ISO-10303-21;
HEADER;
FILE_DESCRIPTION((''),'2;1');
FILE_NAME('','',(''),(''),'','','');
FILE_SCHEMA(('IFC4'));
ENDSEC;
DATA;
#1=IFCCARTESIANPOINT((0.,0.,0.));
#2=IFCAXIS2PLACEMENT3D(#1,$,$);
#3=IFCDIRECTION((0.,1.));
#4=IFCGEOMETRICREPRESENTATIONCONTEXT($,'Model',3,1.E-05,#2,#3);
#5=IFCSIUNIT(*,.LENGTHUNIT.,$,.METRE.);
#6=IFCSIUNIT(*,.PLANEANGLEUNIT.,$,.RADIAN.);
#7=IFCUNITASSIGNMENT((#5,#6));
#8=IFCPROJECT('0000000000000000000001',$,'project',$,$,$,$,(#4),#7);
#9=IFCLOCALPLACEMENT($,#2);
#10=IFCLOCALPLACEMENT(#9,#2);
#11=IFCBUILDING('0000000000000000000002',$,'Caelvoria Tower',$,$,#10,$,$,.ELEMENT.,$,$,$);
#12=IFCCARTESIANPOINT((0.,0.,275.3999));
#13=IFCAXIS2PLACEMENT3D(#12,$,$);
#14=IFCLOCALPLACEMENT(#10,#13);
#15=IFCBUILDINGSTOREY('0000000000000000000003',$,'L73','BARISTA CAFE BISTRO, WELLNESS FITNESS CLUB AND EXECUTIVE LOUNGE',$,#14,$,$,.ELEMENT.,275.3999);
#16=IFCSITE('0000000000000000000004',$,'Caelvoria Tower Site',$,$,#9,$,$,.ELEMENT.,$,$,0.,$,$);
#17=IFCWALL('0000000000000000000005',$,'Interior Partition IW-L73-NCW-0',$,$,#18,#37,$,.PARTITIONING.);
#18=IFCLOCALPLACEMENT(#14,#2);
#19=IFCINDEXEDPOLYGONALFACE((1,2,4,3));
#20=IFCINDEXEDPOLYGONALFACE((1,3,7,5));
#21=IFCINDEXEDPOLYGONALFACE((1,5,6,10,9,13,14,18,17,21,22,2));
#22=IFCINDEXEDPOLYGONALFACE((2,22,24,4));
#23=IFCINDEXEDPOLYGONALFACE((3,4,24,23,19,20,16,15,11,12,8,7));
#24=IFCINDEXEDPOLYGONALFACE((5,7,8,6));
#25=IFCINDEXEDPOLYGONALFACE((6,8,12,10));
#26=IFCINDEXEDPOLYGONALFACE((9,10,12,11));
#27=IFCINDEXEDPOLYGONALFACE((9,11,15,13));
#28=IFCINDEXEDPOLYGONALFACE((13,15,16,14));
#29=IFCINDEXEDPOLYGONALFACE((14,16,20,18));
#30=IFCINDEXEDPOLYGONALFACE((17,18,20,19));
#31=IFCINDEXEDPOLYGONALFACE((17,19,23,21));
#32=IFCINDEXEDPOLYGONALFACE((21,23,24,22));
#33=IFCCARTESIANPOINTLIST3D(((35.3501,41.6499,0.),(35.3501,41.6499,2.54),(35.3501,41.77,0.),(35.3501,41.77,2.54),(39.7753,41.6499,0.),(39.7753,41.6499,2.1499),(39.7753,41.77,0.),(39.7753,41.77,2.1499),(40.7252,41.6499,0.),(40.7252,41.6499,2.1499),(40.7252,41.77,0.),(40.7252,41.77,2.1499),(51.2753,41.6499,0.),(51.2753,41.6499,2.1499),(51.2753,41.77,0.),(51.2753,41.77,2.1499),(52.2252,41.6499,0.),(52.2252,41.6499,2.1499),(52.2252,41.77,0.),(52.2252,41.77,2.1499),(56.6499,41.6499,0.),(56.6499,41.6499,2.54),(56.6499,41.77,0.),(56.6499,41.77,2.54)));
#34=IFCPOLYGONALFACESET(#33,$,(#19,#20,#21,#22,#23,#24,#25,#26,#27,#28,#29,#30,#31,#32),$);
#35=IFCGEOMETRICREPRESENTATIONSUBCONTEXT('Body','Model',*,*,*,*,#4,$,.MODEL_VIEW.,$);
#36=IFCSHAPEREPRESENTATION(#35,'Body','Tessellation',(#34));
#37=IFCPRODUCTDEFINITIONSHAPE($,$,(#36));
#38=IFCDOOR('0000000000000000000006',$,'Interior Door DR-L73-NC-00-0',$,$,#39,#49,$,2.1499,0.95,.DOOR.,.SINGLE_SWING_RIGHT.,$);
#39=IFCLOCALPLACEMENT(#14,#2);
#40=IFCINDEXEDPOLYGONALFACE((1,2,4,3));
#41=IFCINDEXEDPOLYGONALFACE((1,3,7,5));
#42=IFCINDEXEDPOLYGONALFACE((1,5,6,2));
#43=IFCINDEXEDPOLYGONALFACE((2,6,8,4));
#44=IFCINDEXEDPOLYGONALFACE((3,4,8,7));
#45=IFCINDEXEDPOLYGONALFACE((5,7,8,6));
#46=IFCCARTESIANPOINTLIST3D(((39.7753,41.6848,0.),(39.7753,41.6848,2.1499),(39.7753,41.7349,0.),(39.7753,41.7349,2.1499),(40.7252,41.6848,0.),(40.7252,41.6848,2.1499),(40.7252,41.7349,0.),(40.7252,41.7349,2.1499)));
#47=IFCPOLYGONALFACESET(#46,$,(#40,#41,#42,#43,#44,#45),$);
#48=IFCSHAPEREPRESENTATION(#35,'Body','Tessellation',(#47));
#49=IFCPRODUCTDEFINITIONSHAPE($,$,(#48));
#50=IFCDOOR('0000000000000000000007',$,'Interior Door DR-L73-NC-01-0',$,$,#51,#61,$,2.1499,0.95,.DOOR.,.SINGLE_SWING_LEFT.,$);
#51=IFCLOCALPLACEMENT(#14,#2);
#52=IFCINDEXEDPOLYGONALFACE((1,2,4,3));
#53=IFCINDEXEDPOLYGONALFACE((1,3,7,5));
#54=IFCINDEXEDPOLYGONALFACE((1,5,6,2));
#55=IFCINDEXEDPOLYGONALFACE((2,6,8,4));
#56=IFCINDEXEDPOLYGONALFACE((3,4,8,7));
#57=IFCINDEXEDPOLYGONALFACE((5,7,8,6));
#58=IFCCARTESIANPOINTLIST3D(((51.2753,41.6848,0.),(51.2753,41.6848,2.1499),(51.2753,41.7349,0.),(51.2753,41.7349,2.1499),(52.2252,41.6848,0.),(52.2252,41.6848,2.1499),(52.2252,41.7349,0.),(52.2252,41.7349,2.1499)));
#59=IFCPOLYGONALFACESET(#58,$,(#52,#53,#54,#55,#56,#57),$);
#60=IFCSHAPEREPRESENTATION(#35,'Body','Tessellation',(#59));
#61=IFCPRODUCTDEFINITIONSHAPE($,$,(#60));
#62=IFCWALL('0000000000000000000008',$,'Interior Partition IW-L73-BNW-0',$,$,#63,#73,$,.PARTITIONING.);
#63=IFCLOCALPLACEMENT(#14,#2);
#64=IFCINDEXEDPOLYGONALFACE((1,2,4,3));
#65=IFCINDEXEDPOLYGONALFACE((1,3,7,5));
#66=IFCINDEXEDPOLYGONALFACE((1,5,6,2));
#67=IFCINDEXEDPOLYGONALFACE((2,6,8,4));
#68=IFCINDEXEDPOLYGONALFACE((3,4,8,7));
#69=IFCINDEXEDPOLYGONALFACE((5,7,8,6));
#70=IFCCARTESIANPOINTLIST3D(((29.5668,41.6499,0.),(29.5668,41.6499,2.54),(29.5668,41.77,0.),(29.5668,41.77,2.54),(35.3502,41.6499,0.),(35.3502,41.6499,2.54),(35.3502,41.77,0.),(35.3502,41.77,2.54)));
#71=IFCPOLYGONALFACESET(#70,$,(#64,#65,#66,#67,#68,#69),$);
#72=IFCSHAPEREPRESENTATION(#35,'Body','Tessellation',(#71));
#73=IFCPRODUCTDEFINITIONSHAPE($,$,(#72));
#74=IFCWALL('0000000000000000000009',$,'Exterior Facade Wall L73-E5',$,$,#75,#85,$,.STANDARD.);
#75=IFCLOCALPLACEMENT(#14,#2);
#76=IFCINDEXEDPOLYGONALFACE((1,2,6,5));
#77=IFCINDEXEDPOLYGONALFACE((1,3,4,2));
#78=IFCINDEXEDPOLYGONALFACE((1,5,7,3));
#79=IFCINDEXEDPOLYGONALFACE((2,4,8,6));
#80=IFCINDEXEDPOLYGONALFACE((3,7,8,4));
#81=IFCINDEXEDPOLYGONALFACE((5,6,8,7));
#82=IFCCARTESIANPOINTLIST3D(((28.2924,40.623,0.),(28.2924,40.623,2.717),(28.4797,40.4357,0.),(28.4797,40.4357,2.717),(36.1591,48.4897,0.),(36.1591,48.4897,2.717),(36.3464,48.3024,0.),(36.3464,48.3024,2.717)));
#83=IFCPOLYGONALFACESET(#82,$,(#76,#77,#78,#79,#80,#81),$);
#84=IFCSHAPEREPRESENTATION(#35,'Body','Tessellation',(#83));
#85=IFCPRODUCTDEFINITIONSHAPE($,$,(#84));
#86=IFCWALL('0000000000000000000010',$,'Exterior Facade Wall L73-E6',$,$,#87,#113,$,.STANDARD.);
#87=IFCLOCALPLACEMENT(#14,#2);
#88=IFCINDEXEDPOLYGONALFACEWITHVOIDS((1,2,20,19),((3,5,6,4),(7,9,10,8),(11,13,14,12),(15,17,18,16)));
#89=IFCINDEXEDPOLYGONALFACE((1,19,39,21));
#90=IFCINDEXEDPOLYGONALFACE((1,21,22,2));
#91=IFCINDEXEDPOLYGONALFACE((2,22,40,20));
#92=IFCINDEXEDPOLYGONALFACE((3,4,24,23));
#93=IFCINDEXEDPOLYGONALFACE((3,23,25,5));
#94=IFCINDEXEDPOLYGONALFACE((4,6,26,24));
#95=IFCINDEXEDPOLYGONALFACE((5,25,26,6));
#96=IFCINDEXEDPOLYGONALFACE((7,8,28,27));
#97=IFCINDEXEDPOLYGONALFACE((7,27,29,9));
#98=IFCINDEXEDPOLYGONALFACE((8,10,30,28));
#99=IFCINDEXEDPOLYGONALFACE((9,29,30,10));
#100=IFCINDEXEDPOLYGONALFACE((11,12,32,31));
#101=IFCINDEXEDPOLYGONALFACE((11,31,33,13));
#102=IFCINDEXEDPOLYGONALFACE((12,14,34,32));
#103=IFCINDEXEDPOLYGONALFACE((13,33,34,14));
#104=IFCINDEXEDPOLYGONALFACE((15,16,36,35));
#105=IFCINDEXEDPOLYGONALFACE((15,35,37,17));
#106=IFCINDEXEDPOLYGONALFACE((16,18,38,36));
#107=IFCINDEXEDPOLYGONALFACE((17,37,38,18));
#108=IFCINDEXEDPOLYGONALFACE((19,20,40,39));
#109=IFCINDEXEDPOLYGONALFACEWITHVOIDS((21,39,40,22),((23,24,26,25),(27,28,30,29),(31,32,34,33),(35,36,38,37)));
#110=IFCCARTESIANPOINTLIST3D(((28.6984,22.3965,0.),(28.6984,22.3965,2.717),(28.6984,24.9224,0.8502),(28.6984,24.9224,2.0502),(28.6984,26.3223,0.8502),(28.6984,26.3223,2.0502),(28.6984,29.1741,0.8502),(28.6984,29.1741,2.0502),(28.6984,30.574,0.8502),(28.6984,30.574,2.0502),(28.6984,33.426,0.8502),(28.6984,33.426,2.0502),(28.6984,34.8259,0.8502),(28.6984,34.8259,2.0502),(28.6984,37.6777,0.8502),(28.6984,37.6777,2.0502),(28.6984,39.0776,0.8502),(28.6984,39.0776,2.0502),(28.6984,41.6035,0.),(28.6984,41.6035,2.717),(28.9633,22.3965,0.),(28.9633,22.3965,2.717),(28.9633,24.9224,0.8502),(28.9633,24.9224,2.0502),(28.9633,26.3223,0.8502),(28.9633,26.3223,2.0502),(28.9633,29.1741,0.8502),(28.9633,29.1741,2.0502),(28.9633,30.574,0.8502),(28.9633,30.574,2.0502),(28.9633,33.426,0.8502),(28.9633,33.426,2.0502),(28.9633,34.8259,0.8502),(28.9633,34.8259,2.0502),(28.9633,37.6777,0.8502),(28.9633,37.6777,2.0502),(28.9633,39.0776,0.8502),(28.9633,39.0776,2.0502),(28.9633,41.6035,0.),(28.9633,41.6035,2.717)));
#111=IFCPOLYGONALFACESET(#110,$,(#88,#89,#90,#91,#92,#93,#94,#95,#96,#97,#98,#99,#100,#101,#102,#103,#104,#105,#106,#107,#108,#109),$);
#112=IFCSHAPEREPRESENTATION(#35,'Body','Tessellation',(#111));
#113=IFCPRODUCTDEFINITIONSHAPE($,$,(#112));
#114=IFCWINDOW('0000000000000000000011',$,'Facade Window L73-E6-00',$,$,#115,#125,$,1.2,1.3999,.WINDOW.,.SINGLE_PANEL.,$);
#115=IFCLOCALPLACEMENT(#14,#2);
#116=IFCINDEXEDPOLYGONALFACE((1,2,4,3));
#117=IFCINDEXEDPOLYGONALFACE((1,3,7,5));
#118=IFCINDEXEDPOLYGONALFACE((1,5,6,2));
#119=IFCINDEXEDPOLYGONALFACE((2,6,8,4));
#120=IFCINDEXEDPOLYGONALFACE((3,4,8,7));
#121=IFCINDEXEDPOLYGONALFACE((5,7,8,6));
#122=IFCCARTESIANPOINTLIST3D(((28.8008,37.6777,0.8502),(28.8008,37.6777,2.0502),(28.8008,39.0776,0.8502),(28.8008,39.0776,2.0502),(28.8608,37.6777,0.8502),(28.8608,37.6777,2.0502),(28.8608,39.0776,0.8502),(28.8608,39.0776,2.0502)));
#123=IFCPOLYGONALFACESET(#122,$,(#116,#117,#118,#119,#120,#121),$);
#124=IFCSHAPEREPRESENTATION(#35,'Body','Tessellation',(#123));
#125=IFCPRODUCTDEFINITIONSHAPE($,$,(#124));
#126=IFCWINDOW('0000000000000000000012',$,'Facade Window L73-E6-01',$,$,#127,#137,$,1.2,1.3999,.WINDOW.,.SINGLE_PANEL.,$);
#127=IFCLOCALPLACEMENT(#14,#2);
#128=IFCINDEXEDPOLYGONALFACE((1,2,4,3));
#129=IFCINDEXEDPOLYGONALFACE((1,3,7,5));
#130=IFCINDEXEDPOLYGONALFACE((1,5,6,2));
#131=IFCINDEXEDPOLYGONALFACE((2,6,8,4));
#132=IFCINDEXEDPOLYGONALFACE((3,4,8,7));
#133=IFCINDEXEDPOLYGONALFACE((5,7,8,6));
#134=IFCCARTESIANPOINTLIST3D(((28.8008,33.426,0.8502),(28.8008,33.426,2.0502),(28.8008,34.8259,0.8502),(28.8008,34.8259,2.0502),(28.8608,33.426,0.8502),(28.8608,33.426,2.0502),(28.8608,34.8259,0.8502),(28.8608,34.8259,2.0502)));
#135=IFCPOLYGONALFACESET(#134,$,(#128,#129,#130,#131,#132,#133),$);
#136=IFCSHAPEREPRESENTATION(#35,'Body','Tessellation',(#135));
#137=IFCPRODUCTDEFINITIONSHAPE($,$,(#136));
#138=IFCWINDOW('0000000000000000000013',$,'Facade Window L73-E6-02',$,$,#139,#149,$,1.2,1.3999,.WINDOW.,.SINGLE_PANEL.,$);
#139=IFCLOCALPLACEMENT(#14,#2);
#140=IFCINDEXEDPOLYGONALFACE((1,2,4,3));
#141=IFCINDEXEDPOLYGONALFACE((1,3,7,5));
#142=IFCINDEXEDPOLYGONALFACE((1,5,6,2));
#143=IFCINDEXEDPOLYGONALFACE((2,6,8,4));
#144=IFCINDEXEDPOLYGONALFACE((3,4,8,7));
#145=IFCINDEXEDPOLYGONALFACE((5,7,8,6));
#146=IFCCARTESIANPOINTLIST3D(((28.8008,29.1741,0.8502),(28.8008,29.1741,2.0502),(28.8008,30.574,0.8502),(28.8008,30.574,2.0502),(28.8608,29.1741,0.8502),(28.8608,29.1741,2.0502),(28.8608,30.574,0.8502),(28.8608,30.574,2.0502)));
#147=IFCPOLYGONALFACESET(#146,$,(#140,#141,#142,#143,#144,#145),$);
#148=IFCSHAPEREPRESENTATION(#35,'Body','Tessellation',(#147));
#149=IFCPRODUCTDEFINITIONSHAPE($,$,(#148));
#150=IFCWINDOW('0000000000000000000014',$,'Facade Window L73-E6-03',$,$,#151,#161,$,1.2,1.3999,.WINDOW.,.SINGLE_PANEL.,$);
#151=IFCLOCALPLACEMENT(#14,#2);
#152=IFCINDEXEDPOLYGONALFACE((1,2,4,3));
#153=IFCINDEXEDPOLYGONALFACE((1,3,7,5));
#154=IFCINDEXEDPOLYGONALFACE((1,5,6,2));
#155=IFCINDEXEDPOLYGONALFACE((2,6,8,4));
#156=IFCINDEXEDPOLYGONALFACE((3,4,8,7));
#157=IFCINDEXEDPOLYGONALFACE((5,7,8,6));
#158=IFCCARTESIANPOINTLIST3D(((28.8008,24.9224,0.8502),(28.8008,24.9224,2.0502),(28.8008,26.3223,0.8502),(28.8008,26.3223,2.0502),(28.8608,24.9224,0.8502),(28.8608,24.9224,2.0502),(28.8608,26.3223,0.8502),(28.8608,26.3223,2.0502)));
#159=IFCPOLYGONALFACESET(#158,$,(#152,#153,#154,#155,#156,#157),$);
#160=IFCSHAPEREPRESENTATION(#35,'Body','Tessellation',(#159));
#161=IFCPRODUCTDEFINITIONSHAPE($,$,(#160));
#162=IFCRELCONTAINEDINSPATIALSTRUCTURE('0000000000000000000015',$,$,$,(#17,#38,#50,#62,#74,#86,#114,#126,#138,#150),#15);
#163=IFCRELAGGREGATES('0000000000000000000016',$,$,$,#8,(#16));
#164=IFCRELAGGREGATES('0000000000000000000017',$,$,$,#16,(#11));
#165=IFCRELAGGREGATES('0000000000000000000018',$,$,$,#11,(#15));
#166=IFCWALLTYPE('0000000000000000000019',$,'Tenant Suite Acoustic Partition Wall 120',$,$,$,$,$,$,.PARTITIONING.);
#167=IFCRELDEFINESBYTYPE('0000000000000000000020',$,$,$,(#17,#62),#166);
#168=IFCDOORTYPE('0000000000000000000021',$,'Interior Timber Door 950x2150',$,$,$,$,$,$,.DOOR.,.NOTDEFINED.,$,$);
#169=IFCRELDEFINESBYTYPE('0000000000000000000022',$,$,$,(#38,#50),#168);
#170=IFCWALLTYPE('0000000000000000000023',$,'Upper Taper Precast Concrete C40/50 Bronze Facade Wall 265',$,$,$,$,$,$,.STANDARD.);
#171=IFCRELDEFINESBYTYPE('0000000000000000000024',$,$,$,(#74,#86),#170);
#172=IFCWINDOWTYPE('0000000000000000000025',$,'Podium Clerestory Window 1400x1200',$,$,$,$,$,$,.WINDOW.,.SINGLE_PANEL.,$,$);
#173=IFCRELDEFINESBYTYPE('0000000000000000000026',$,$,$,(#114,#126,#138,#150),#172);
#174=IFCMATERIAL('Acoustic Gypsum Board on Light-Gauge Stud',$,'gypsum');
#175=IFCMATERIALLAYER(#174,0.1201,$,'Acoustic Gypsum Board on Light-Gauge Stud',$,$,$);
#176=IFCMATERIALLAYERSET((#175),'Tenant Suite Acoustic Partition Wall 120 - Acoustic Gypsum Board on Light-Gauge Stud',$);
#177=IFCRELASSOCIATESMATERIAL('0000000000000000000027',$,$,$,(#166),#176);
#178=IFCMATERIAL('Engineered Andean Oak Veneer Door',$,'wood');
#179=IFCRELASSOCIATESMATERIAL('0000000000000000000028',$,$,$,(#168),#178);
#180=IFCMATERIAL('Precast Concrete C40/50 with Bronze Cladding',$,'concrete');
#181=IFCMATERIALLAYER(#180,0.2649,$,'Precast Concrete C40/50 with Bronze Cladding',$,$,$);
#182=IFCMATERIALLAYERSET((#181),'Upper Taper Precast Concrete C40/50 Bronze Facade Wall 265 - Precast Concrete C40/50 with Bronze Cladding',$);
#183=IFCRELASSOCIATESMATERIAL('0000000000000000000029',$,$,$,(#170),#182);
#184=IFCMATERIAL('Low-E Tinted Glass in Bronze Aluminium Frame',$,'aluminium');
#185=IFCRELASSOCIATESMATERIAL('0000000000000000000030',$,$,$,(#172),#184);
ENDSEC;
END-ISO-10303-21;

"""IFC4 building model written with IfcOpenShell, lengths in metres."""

from ifc_helpers import new_model, si_unit, direction, frame, frame_2d, origin, place, context, subcontext, project, spatial, rectangle, extrude, material, layer, layer_set, type_object, element, fill, save


model = new_model("IFC4")

# Units and contexts
model_context = context("Model", 3, precision=1e-05, world=origin(), true_north=direction((0.0, 1.0)))
body_context = subcontext(model_context, "Body", "Model", "MODEL_VIEW")
ifc_project = project(units=[si_unit("LENGTHUNIT", "METRE"), si_unit("PLANEANGLEUNIT", "RADIAN")], contexts=[model_context])

# Site, building, storey
site_placement = place(None, origin())
site = spatial("IfcSite", under=ifc_project, at=site_placement, Name="Caelvoria Tower Site", CompositionType="ELEMENT", RefElevation=0.0)
building_placement = place(site_placement, origin())
building = spatial("IfcBuilding", under=site, at=building_placement, Name="Caelvoria Tower", CompositionType="ELEMENT")
storey_placement = place(building_placement, frame((0.0, 0.0, 275.3999)))
storey = spatial("IfcBuildingStorey", under=building, at=storey_placement, Name="L73", Description="BARISTA CAFE BISTRO, WELLNESS FITNESS CLUB AND EXECUTIVE LOUNGE", CompositionType="ELEMENT", Elevation=275.3999)

# Wall, openings, doors
ifc_material_1 = material(Name="Acoustic Gypsum Board on Light-Gauge Stud", Category="gypsum")
ifc_layer_1 = layer(ifc_material_1, 0.1201, Name="Acoustic Gypsum Board on Light-Gauge Stud")
ifc_layer_set_1 = layer_set([ifc_layer_1], Name="Tenant Suite Acoustic Partition Wall 120 - Acoustic Gypsum Board on Light-Gauge Stud")
wall_type_1 = type_object("IfcWallType", Name="Tenant Suite Acoustic Partition Wall 120", PredefinedType="PARTITIONING", material=ifc_layer_set_1)
wall_1_placement = place(storey_placement, frame((35.3501, 41.71, 0.0), z_axis=(0.0, 0.0, 1.0), x_axis=(1.0, 0.0, 0.0)))
wall_1 = element("IfcWall", 1, at=wall_1_placement, inside=storey, type_object=wall_type_1, Name="Interior Partition IW-L73-NCW-0", PredefinedType="PARTITIONING", context=body_context, shape_type="SweptSolid", body=[
    extrude(rectangle(XDim=21.2998, YDim=0.1201, at=frame_2d((10.6499, 0.0))), origin(), (0.0, 0.0, 1.0), 2.54),
])
opening_1_placement = place(wall_1_placement, frame((4.425, 0.0, 0.0)))
opening_1 = element("IfcOpeningElement", 2, at=opening_1_placement, cuts=wall_1, PredefinedType="OPENING", context=body_context, shape_type="SweptSolid", body=[
    extrude(rectangle(XDim=0.95, YDim=2.1499, at=frame_2d((0.4751, 1.075))), frame((0.0, 0.0701, 0.0), z_axis=(0.0, -1.0, 0.0), x_axis=(1.0, 0.0, 0.0)), (0.0, 0.0, 1.0), 0.1401),
])
opening_2_placement = place(wall_1_placement, frame((15.925, 0.0, 0.0)))
opening_2 = element("IfcOpeningElement", 3, at=opening_2_placement, cuts=wall_1, PredefinedType="OPENING", context=body_context, shape_type="SweptSolid", body=[
    extrude(rectangle(XDim=0.95, YDim=2.1499, at=frame_2d((0.4751, 1.075))), frame((0.0, 0.0701, 0.0), z_axis=(0.0, -1.0, 0.0), x_axis=(1.0, 0.0, 0.0)), (0.0, 0.0, 1.0), 0.1401),
])
ifc_material_2 = material(Name="Engineered Andean Oak Veneer Door", Category="wood")
door_type = type_object("IfcDoorType", Name="Interior Timber Door 950x2150", OperationType="NOTDEFINED", PredefinedType="DOOR", material=ifc_material_2)
door_1_placement = place(opening_1_placement, origin())
door_1 = element("IfcDoor", 4, at=door_1_placement, inside=storey, type_object=door_type, Name="Interior Door DR-L73-NC-00-0", OperationType="SINGLE_SWING_RIGHT", OverallHeight=2.1499, OverallWidth=0.95, PredefinedType="DOOR", context=body_context, shape_type="SweptSolid", body=[
    extrude(rectangle(XDim=0.95, YDim=2.1499, at=frame_2d((0.4751, 1.075))), frame((0.0, 0.0249, 0.0), z_axis=(0.0, -1.0, 0.0), x_axis=(1.0, 0.0, 0.0)), (0.0, 0.0, 1.0), 0.05),
])
fill(opening_1, door_1)
door_2_placement = place(opening_2_placement, origin())
door_2 = element("IfcDoor", 5, at=door_2_placement, inside=storey, type_object=door_type, Name="Interior Door DR-L73-NC-01-0", OperationType="SINGLE_SWING_LEFT", OverallHeight=2.1499, OverallWidth=0.95, PredefinedType="DOOR", context=body_context, shape_type="SweptSolid", body=[
    extrude(rectangle(XDim=0.95, YDim=2.1499, at=frame_2d((0.4751, 1.075))), frame((0.0, 0.0249, 0.0), z_axis=(0.0, -1.0, 0.0), x_axis=(1.0, 0.0, 0.0)), (0.0, 0.0, 1.0), 0.05),
])
fill(opening_2, door_2)

# Walls
wall_2_placement = place(storey_placement, frame((35.3501, 41.71, 0.0), z_axis=(0.0, 0.0, 1.0), x_axis=(-1.0, 0.0, 0.0)))
element("IfcWall", 6, at=wall_2_placement, inside=storey, type_object=wall_type_1, Name="Interior Partition IW-L73-BNW-0", PredefinedType="PARTITIONING", context=body_context, shape_type="SweptSolid", body=[
    extrude(rectangle(XDim=5.7834, YDim=0.1201, at=frame_2d((2.8916, 0.0))), origin(), (0.0, 0.0, 1.0), 2.54),
])
ifc_material_3 = material(Name="Precast Concrete C40/50 with Bronze Cladding", Category="concrete")
ifc_layer_2 = layer(ifc_material_3, 0.2649, Name="Precast Concrete C40/50 with Bronze Cladding")
ifc_layer_set_2 = layer_set([ifc_layer_2], Name="Upper Taper Precast Concrete C40/50 Bronze Facade Wall 265 - Precast Concrete C40/50 with Bronze Cladding")
wall_type_2 = type_object("IfcWallType", Name="Upper Taper Precast Concrete C40/50 Bronze Facade Wall 265", PredefinedType="STANDARD", material=ifc_layer_set_2)
wall_3_placement = place(storey_placement, frame((36.2527, 48.396, 0.0), z_axis=(0.0, 0.0, 1.0), x_axis=(-0.707107, -0.707107, 0.0)))
element("IfcWall", 7, at=wall_3_placement, inside=storey, type_object=wall_type_2, Name="Exterior Facade Wall L73-E5", PredefinedType="STANDARD", context=body_context, shape_type="SweptSolid", body=[
    extrude(rectangle(XDim=11.1252, YDim=0.2649, at=frame_2d((5.5625, 0.0))), origin(), (0.0, 0.0, 1.0), 2.717),
])

# Wall, openings, windows
wall_4_placement = place(storey_placement, frame((28.8308, 41.6035, 0.0), z_axis=(0.0, 0.0, 1.0), x_axis=(0.0, -1.0, 0.0)))
wall_4 = element("IfcWall", 8, at=wall_4_placement, inside=storey, type_object=wall_type_2, Name="Exterior Facade Wall L73-E6", PredefinedType="STANDARD", context=body_context, shape_type="SweptSolid", body=[
    extrude(rectangle(XDim=19.207, YDim=0.2649, at=frame_2d((9.6035, 0.0))), origin(), (0.0, 0.0, 1.0), 2.717),
])
opening_3_placement = place(wall_4_placement, frame((2.5259, 0.0, 0.8501)))
opening_3 = element("IfcOpeningElement", 9, at=opening_3_placement, cuts=wall_4, PredefinedType="OPENING", context=body_context, shape_type="SweptSolid", body=[
    extrude(rectangle(XDim=1.3999, YDim=1.2, at=frame_2d((0.7, 0.6001))), frame((0.0, 0.1423, 0.0), z_axis=(0.0, -1.0, 0.0), x_axis=(1.0, 0.0, 0.0)), (0.0, 0.0, 1.0), 0.2849),
])
opening_4_placement = place(wall_4_placement, frame((6.7776, 0.0, 0.8501)))
opening_4 = element("IfcOpeningElement", 10, at=opening_4_placement, cuts=wall_4, PredefinedType="OPENING", context=body_context, shape_type="SweptSolid", body=[
    extrude(rectangle(XDim=1.3999, YDim=1.2, at=frame_2d((0.7, 0.6001))), frame((0.0, 0.1423, 0.0), z_axis=(0.0, -1.0, 0.0), x_axis=(1.0, 0.0, 0.0)), (0.0, 0.0, 1.0), 0.2849),
])
opening_5_placement = place(wall_4_placement, frame((11.0295, 0.0, 0.8501)))
opening_5 = element("IfcOpeningElement", 11, at=opening_5_placement, cuts=wall_4, PredefinedType="OPENING", context=body_context, shape_type="SweptSolid", body=[
    extrude(rectangle(XDim=1.3999, YDim=1.2, at=frame_2d((0.7, 0.6001))), frame((0.0, 0.1423, 0.0), z_axis=(0.0, -1.0, 0.0), x_axis=(1.0, 0.0, 0.0)), (0.0, 0.0, 1.0), 0.2849),
])
opening_6_placement = place(wall_4_placement, frame((15.2812, 0.0, 0.8501)))
opening_6 = element("IfcOpeningElement", 12, at=opening_6_placement, cuts=wall_4, PredefinedType="OPENING", context=body_context, shape_type="SweptSolid", body=[
    extrude(rectangle(XDim=1.3999, YDim=1.2, at=frame_2d((0.7, 0.6001))), frame((0.0, 0.1423, 0.0), z_axis=(0.0, -1.0, 0.0), x_axis=(1.0, 0.0, 0.0)), (0.0, 0.0, 1.0), 0.2849),
])
ifc_material_4 = material(Name="Low-E Tinted Glass in Bronze Aluminium Frame", Category="aluminium")
window_type = type_object("IfcWindowType", Name="Podium Clerestory Window 1400x1200", PartitioningType="SINGLE_PANEL", PredefinedType="WINDOW", material=ifc_material_4)
window_1_placement = place(opening_3_placement, origin())
window_1 = element("IfcWindow", 13, at=window_1_placement, inside=storey, type_object=window_type, Name="Facade Window L73-E6-00", OverallHeight=1.2, OverallWidth=1.3999, PartitioningType="SINGLE_PANEL", PredefinedType="WINDOW", context=body_context, shape_type="SweptSolid", body=[
    extrude(rectangle(XDim=1.3999, YDim=1.2, at=frame_2d((0.7, 0.6001))), frame((0.0, 0.03, 0.0), z_axis=(0.0, -1.0, 0.0), x_axis=(1.0, 0.0, 0.0)), (0.0, 0.0, 1.0), 0.0601),
])
fill(opening_3, window_1)
window_2_placement = place(opening_4_placement, origin())
window_2 = element("IfcWindow", 14, at=window_2_placement, inside=storey, type_object=window_type, Name="Facade Window L73-E6-01", OverallHeight=1.2, OverallWidth=1.3999, PartitioningType="SINGLE_PANEL", PredefinedType="WINDOW", context=body_context, shape_type="SweptSolid", body=[
    extrude(rectangle(XDim=1.3999, YDim=1.2, at=frame_2d((0.7, 0.6001))), frame((0.0, 0.03, 0.0), z_axis=(0.0, -1.0, 0.0), x_axis=(1.0, 0.0, 0.0)), (0.0, 0.0, 1.0), 0.0601),
])
fill(opening_4, window_2)
window_3_placement = place(opening_5_placement, origin())
window_3 = element("IfcWindow", 15, at=window_3_placement, inside=storey, type_object=window_type, Name="Facade Window L73-E6-02", OverallHeight=1.2, OverallWidth=1.3999, PartitioningType="SINGLE_PANEL", PredefinedType="WINDOW", context=body_context, shape_type="SweptSolid", body=[
    extrude(rectangle(XDim=1.3999, YDim=1.2, at=frame_2d((0.7, 0.6001))), frame((0.0, 0.03, 0.0), z_axis=(0.0, -1.0, 0.0), x_axis=(1.0, 0.0, 0.0)), (0.0, 0.0, 1.0), 0.0601),
])
fill(opening_5, window_3)
window_4_placement = place(opening_6_placement, origin())
window_4 = element("IfcWindow", 16, at=window_4_placement, inside=storey, type_object=window_type, Name="Facade Window L73-E6-03", OverallHeight=1.2, OverallWidth=1.3999, PartitioningType="SINGLE_PANEL", PredefinedType="WINDOW", context=body_context, shape_type="SweptSolid", body=[
    extrude(rectangle(XDim=1.3999, YDim=1.2, at=frame_2d((0.7, 0.6001))), frame((0.0, 0.03, 0.0), z_axis=(0.0, -1.0, 0.0), x_axis=(1.0, 0.0, 0.0)), (0.0, 0.0, 1.0), 0.0601),
])
fill(opening_6, window_4)

save(model, "model.ifc")
